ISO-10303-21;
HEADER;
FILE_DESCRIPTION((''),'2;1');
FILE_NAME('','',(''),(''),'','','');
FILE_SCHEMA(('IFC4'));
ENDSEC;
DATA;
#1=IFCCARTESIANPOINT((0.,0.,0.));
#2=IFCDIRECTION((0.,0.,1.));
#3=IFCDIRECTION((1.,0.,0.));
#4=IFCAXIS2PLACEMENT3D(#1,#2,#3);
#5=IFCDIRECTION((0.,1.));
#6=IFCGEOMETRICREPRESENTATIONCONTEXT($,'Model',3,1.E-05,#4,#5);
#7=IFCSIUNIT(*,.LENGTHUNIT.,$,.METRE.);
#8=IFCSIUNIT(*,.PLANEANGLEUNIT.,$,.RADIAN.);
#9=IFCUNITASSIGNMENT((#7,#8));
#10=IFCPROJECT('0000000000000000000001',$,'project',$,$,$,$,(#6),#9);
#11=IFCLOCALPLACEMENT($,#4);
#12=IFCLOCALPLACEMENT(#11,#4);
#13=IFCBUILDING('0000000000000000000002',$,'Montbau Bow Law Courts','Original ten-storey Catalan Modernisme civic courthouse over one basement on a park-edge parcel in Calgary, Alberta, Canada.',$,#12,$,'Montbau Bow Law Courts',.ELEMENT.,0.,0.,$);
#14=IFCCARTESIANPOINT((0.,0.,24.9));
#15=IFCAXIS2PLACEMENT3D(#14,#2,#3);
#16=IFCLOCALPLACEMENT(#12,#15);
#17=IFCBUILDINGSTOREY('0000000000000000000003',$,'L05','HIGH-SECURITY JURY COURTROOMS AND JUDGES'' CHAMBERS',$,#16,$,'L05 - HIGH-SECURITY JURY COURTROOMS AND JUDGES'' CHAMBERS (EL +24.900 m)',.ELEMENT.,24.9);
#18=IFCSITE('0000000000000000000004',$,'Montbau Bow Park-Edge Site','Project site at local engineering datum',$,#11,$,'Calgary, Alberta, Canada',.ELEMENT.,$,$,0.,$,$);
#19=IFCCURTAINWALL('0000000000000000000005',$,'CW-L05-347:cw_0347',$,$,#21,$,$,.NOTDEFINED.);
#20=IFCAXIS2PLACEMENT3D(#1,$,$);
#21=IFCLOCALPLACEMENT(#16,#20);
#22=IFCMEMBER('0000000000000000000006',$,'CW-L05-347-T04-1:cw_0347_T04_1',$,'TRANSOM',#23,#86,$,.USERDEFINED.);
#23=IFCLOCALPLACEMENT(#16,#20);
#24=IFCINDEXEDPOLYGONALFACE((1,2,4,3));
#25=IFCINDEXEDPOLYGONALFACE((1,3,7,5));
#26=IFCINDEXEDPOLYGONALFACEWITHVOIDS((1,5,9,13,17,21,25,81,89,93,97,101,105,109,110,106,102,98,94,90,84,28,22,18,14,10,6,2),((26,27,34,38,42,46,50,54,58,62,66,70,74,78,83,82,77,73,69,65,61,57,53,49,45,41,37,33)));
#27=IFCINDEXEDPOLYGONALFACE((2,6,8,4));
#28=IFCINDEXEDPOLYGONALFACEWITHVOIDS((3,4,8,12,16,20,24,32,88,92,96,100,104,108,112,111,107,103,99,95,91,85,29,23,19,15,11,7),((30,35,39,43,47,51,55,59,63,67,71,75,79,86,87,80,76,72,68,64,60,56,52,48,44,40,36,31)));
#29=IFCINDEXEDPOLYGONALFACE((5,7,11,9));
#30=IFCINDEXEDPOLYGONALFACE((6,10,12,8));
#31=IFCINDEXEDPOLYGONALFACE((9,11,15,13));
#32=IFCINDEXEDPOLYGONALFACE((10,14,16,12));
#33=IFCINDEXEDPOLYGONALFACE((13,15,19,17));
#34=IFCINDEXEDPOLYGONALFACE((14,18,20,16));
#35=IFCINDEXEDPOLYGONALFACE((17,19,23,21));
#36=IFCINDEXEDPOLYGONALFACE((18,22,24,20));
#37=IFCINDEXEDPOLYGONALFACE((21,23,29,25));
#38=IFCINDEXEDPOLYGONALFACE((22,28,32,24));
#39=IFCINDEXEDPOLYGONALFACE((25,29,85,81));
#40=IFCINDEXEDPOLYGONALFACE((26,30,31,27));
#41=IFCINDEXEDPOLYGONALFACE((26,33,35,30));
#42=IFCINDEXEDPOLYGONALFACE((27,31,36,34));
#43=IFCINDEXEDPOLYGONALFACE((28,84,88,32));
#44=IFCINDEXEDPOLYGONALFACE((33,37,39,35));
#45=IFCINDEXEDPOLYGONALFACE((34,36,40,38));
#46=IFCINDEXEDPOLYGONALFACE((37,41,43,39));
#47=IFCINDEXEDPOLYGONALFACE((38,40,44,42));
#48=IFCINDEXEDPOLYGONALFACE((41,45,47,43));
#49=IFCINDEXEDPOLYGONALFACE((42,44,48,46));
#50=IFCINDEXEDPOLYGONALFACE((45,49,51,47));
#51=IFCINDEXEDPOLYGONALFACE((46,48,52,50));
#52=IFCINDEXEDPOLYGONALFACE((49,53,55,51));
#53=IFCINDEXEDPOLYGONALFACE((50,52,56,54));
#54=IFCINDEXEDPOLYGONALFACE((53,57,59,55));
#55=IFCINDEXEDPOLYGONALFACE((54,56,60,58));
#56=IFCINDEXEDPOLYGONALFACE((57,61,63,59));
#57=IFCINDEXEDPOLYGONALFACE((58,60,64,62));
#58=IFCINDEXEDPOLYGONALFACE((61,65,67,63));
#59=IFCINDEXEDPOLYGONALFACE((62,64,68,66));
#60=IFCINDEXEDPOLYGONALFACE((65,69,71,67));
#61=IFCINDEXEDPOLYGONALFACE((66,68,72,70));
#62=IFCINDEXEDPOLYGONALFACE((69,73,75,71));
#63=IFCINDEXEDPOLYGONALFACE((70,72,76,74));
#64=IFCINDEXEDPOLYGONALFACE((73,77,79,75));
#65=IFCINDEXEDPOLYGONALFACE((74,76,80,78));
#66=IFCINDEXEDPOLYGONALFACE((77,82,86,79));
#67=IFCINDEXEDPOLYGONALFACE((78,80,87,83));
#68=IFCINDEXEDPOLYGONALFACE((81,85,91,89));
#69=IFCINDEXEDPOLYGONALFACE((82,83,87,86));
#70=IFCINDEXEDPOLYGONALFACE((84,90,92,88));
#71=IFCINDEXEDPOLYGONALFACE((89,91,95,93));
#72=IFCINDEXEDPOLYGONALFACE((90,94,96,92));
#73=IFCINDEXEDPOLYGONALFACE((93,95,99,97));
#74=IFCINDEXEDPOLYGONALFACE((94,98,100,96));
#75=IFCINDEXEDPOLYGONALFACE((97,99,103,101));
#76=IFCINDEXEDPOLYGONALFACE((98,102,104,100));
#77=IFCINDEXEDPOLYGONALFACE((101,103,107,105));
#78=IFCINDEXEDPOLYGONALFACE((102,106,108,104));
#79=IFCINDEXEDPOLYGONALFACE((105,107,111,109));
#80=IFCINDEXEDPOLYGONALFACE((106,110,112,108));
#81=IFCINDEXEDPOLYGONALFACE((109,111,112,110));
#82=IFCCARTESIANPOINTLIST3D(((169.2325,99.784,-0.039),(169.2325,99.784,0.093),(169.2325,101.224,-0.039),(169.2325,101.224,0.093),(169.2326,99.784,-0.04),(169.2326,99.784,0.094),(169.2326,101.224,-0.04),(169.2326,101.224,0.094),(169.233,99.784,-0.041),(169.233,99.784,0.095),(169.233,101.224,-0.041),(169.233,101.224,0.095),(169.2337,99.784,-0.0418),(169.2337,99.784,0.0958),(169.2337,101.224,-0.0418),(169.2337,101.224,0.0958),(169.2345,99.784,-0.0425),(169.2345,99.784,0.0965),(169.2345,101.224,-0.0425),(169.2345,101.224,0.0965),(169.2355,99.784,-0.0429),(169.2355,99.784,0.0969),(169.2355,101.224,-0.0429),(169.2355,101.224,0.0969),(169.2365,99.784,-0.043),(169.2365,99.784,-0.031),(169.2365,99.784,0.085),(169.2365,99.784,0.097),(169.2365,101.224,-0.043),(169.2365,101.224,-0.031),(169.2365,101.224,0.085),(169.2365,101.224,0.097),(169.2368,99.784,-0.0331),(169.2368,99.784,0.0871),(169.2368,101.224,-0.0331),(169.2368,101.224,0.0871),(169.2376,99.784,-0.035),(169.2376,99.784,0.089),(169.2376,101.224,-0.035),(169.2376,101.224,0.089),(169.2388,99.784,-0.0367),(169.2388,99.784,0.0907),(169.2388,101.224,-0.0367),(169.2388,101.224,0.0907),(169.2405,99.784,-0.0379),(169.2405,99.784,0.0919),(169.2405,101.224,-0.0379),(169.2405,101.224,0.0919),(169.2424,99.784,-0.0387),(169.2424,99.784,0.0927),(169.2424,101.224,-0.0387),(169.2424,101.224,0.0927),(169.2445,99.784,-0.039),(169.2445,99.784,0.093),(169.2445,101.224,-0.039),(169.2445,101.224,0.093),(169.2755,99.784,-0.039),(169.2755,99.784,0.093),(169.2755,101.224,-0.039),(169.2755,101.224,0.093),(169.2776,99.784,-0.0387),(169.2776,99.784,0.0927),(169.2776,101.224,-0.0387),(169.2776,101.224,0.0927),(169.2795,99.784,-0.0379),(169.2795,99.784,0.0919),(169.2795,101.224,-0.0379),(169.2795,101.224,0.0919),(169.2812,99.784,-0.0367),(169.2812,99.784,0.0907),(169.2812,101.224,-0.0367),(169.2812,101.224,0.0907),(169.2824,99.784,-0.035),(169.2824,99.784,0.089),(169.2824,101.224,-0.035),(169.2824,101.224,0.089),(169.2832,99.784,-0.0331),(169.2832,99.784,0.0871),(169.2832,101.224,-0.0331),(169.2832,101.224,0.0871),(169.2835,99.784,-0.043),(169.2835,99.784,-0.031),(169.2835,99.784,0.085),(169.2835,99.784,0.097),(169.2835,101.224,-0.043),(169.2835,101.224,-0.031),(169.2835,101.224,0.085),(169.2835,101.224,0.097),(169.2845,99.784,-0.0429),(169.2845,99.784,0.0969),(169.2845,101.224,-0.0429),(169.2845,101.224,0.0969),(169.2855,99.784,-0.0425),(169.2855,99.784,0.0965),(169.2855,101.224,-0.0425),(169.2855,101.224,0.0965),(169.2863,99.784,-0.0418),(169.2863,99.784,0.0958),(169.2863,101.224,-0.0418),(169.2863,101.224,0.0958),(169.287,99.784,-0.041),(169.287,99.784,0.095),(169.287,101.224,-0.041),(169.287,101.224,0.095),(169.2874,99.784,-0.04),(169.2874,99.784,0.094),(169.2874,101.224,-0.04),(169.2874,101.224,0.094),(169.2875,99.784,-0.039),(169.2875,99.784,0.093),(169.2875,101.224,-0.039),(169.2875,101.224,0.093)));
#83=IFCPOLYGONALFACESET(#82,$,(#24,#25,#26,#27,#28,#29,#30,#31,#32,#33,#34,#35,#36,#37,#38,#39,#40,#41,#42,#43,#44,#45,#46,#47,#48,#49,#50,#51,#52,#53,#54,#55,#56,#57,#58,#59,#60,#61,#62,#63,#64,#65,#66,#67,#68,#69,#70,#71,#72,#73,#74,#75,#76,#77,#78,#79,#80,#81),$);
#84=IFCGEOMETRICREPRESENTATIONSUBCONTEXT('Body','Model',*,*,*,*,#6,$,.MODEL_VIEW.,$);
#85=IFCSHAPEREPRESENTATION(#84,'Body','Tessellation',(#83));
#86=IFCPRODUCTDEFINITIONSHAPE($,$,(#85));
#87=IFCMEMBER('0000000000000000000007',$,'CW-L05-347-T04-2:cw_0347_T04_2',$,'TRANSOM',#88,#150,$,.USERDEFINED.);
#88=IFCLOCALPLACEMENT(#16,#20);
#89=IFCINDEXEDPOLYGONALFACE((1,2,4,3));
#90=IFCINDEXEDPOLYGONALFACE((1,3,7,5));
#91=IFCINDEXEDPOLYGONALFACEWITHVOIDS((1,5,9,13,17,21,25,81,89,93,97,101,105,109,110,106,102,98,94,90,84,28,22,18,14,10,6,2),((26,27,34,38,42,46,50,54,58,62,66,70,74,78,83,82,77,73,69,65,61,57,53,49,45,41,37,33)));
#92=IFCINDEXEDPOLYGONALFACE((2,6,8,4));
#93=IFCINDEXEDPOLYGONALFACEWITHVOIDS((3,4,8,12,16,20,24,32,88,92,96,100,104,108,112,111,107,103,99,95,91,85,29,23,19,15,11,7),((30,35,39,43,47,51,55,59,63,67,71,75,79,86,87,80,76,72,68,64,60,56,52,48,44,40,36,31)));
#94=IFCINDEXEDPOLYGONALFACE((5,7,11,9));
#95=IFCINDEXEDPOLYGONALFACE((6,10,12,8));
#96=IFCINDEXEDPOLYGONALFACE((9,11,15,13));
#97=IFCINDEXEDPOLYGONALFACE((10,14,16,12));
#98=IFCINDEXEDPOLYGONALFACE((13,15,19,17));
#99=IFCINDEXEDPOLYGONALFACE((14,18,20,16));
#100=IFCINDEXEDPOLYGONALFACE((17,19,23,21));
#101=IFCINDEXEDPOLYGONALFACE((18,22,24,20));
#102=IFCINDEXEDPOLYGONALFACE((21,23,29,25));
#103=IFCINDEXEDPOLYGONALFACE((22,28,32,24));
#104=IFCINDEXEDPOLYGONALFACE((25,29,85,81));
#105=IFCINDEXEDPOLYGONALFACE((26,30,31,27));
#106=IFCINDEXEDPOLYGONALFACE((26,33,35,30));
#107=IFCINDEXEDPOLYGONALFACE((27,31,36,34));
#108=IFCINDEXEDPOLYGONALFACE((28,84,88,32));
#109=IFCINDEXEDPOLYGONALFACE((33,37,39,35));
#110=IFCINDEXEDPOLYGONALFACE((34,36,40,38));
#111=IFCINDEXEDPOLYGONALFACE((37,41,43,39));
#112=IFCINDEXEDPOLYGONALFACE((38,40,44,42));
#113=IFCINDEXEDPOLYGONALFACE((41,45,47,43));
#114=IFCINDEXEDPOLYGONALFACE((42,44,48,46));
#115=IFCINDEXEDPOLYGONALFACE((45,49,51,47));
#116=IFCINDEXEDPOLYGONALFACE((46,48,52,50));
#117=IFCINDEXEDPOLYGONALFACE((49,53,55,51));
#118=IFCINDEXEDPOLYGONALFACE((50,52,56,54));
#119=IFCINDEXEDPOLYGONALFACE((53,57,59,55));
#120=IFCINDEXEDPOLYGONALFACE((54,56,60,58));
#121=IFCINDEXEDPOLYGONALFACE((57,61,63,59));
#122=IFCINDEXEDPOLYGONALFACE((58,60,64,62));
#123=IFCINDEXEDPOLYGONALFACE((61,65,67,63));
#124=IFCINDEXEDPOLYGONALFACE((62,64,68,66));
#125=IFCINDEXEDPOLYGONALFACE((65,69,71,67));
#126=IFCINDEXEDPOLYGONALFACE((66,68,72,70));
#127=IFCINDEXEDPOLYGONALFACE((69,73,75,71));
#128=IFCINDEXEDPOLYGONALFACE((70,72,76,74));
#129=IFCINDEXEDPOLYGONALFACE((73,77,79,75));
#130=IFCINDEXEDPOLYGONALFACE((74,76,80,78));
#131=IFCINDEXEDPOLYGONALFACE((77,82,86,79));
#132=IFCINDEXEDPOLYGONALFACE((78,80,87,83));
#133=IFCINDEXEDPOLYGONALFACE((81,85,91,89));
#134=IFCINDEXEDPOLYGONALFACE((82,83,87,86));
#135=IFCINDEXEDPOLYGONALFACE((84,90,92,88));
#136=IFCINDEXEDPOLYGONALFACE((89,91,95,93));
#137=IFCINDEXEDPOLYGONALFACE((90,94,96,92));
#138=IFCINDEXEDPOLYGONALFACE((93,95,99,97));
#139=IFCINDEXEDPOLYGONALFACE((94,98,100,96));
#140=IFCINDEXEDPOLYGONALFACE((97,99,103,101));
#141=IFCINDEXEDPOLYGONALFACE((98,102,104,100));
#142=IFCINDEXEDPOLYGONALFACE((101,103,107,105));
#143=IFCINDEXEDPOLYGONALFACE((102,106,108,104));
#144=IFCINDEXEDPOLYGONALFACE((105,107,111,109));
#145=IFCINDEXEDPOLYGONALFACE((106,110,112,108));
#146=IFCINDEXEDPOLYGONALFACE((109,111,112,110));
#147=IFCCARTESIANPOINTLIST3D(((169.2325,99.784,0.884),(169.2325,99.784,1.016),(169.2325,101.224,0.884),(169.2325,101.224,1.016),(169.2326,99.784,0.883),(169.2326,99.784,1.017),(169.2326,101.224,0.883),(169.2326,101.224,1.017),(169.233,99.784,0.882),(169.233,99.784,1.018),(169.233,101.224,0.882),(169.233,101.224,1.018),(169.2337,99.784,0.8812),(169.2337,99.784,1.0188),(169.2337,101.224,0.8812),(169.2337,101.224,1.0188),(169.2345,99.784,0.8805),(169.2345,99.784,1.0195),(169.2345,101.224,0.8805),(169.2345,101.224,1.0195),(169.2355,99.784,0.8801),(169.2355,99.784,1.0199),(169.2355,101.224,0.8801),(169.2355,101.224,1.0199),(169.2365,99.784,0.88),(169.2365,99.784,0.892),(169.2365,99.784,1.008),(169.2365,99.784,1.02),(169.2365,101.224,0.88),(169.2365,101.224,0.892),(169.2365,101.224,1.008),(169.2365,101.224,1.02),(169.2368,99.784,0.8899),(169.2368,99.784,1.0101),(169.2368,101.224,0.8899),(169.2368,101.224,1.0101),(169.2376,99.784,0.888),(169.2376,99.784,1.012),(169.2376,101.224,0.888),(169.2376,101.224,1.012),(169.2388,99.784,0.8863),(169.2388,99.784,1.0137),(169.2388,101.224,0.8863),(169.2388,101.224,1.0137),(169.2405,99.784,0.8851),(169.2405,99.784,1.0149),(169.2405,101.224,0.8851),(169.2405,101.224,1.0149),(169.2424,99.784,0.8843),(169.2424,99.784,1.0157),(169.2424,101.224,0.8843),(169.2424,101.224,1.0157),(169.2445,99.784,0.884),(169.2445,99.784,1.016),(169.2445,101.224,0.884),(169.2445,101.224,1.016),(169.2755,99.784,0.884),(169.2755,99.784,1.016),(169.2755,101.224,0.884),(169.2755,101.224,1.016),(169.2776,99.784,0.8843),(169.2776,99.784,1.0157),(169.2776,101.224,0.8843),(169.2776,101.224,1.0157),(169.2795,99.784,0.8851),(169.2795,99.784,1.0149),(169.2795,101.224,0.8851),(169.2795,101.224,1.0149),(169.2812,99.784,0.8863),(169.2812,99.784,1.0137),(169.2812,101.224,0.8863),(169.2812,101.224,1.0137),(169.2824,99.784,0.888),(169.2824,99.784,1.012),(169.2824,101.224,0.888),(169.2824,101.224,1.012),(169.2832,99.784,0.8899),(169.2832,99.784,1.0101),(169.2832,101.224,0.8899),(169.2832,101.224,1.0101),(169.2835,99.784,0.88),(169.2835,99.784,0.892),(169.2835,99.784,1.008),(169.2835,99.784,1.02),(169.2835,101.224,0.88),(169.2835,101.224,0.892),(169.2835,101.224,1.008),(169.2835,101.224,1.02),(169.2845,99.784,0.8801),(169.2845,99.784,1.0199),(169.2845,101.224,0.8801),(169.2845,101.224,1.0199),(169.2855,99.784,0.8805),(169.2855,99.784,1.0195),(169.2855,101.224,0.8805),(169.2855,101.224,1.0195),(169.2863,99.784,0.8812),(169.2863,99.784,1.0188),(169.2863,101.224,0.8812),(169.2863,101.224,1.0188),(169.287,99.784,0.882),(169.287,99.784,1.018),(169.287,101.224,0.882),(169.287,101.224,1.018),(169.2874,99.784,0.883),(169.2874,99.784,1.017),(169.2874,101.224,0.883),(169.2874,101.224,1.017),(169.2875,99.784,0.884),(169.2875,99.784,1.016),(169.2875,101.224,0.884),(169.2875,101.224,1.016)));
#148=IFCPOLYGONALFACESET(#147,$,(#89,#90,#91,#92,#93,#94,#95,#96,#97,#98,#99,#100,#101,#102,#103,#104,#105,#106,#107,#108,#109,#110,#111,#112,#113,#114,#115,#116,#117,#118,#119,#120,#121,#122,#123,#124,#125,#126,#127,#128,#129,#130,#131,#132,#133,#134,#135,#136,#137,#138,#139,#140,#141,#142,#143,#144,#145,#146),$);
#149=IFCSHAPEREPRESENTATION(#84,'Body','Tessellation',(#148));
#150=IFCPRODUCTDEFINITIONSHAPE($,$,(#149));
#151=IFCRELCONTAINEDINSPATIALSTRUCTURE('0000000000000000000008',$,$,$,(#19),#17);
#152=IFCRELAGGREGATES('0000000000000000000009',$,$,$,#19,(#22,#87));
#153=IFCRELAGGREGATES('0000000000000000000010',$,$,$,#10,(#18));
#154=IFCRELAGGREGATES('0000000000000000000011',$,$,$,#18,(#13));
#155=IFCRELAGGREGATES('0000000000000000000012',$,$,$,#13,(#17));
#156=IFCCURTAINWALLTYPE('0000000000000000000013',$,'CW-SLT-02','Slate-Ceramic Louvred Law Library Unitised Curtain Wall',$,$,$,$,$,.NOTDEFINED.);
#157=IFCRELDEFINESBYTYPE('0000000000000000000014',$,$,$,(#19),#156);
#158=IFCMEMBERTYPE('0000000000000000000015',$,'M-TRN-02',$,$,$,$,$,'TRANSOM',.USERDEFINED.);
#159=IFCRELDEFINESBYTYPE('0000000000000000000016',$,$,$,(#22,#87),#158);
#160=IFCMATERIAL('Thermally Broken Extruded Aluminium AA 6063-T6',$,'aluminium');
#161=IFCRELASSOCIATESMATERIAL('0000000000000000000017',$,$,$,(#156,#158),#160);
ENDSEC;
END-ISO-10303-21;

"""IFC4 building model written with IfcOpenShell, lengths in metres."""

from ifc_helpers import new_model, si_unit, direction, frame, origin_with_axes, origin_2d_with_axis, place, context, subcontext, project, spatial, hollow_rectangle, extrude, material, material_profile, profile_set, type_object, element, aggregate, save


model = new_model("IFC4")

# Units and contexts
model_context = context("Model", 3, precision=1e-05, world=origin_with_axes(), true_north=direction((0.0, 1.0)))
body_context = subcontext(model_context, "Body", "Model", "MODEL_VIEW")
ifc_project = project(units=[si_unit("LENGTHUNIT", "METRE"), si_unit("PLANEANGLEUNIT", "RADIAN")], contexts=[model_context])

# Site, building, storey
site_placement = place(None, origin_with_axes())
site = spatial("IfcSite", under=ifc_project, at=site_placement, Name="Montbau Bow Park-Edge Site", Description="Project site at local engineering datum", LongName="Calgary, Alberta, Canada", CompositionType="ELEMENT", RefElevation=0.0)
building_placement = place(site_placement, origin_with_axes())
building = spatial("IfcBuilding", under=site, at=building_placement, Name="Montbau Bow Law Courts", Description="Original ten-storey Catalan Modernisme civic courthouse over one basement on a park-edge parcel in Calgary, Alberta, Canada.", LongName="Montbau Bow Law Courts", CompositionType="ELEMENT", ElevationOfRefHeight=0.0, ElevationOfTerrain=0.0)
storey_placement = place(building_placement, frame((0.0, 0.0, 24.9), z_axis=(0.0, 0.0, 1.0), x_axis=(1.0, 0.0, 0.0)))
storey = spatial("IfcBuildingStorey", under=building, at=storey_placement, Name="L05", Description="HIGH-SECURITY JURY COURTROOMS AND JUDGES' CHAMBERS", LongName="L05 - HIGH-SECURITY JURY COURTROOMS AND JUDGES' CHAMBERS (EL +24.900 m)", CompositionType="ELEMENT", Elevation=24.9)

# Curtain wall, members
ifc_material_1 = material(Name="Thermally Broken Extruded Aluminium AA 6063-T6", Category="aluminium")
curtain_wall_type = type_object("IfcCurtainWallType", Name="CW-SLT-02", Description="Slate-Ceramic Louvred Law Library Unitised Curtain Wall", PredefinedType="NOTDEFINED", material=ifc_material_1)
curtain_wall_placement = place(None, frame((169.26, 95.24, 24.9), z_axis=(0.0, 0.0, 1.0), x_axis=(1.0, 0.0, 0.0)))
curtain_wall = element("IfcCurtainWall", 1, at=curtain_wall_placement, inside=storey, type_object=curtain_wall_type, Name="CW-L05-347:cw_0347", PredefinedType="NOTDEFINED")
ifc_material_profile_1 = material_profile(ifc_material_1, hollow_rectangle(XDim=0.055, YDim=0.14, WallThickness=0.004, InnerFilletRadius=0.008, OuterFilletRadius=0.004, at=origin_2d_with_axis()), Name="CWT-140X55", Category="Main", Priority=0)
ifc_profile_set_1 = profile_set([ifc_material_profile_1], Name="Thermally Broken Extruded Aluminium AA 6063-T6")
member_type_1 = type_object("IfcMemberType", Name="M-TRN-02", ElementType="TRANSOM", PredefinedType="USERDEFINED", material=ifc_profile_set_1)
member_1_placement = place(None, frame((169.26, 99.784, 24.927), z_axis=(0.0, 1.0, 0.0), x_axis=(-1.0, 0.0, 0.0)))
member_1 = element("IfcMember", 2, at=member_1_placement, type_object=member_type_1, Name="CW-L05-347-T04-1:cw_0347_T04_1", ObjectType="TRANSOM", PredefinedType="USERDEFINED", context=body_context, shape_type="SweptSolid", body=[
    extrude(hollow_rectangle(XDim=0.055, YDim=0.14, WallThickness=0.004, InnerFilletRadius=0.008, OuterFilletRadius=0.004, at=origin_2d_with_axis()), origin_with_axes(), (0.0, 0.0, 1.0), 1.44),
])
member_2_placement = place(None, frame((169.26, 99.784, 25.85), z_axis=(0.0, 1.0, 0.0), x_axis=(-1.0, 0.0, 0.0)))
member_2 = element("IfcMember", 3, at=member_2_placement, type_object=member_type_1, Name="CW-L05-347-T04-2:cw_0347_T04_2", ObjectType="TRANSOM", PredefinedType="USERDEFINED", context=body_context, shape_type="SweptSolid", body=[
    extrude(hollow_rectangle(XDim=0.055, YDim=0.14, WallThickness=0.004, InnerFilletRadius=0.008, OuterFilletRadius=0.004, at=origin_2d_with_axis()), origin_with_axes(), (0.0, 0.0, 1.0), 1.44),
])
aggregate(curtain_wall, [member_1, member_2])

save(model, "model.ifc")
